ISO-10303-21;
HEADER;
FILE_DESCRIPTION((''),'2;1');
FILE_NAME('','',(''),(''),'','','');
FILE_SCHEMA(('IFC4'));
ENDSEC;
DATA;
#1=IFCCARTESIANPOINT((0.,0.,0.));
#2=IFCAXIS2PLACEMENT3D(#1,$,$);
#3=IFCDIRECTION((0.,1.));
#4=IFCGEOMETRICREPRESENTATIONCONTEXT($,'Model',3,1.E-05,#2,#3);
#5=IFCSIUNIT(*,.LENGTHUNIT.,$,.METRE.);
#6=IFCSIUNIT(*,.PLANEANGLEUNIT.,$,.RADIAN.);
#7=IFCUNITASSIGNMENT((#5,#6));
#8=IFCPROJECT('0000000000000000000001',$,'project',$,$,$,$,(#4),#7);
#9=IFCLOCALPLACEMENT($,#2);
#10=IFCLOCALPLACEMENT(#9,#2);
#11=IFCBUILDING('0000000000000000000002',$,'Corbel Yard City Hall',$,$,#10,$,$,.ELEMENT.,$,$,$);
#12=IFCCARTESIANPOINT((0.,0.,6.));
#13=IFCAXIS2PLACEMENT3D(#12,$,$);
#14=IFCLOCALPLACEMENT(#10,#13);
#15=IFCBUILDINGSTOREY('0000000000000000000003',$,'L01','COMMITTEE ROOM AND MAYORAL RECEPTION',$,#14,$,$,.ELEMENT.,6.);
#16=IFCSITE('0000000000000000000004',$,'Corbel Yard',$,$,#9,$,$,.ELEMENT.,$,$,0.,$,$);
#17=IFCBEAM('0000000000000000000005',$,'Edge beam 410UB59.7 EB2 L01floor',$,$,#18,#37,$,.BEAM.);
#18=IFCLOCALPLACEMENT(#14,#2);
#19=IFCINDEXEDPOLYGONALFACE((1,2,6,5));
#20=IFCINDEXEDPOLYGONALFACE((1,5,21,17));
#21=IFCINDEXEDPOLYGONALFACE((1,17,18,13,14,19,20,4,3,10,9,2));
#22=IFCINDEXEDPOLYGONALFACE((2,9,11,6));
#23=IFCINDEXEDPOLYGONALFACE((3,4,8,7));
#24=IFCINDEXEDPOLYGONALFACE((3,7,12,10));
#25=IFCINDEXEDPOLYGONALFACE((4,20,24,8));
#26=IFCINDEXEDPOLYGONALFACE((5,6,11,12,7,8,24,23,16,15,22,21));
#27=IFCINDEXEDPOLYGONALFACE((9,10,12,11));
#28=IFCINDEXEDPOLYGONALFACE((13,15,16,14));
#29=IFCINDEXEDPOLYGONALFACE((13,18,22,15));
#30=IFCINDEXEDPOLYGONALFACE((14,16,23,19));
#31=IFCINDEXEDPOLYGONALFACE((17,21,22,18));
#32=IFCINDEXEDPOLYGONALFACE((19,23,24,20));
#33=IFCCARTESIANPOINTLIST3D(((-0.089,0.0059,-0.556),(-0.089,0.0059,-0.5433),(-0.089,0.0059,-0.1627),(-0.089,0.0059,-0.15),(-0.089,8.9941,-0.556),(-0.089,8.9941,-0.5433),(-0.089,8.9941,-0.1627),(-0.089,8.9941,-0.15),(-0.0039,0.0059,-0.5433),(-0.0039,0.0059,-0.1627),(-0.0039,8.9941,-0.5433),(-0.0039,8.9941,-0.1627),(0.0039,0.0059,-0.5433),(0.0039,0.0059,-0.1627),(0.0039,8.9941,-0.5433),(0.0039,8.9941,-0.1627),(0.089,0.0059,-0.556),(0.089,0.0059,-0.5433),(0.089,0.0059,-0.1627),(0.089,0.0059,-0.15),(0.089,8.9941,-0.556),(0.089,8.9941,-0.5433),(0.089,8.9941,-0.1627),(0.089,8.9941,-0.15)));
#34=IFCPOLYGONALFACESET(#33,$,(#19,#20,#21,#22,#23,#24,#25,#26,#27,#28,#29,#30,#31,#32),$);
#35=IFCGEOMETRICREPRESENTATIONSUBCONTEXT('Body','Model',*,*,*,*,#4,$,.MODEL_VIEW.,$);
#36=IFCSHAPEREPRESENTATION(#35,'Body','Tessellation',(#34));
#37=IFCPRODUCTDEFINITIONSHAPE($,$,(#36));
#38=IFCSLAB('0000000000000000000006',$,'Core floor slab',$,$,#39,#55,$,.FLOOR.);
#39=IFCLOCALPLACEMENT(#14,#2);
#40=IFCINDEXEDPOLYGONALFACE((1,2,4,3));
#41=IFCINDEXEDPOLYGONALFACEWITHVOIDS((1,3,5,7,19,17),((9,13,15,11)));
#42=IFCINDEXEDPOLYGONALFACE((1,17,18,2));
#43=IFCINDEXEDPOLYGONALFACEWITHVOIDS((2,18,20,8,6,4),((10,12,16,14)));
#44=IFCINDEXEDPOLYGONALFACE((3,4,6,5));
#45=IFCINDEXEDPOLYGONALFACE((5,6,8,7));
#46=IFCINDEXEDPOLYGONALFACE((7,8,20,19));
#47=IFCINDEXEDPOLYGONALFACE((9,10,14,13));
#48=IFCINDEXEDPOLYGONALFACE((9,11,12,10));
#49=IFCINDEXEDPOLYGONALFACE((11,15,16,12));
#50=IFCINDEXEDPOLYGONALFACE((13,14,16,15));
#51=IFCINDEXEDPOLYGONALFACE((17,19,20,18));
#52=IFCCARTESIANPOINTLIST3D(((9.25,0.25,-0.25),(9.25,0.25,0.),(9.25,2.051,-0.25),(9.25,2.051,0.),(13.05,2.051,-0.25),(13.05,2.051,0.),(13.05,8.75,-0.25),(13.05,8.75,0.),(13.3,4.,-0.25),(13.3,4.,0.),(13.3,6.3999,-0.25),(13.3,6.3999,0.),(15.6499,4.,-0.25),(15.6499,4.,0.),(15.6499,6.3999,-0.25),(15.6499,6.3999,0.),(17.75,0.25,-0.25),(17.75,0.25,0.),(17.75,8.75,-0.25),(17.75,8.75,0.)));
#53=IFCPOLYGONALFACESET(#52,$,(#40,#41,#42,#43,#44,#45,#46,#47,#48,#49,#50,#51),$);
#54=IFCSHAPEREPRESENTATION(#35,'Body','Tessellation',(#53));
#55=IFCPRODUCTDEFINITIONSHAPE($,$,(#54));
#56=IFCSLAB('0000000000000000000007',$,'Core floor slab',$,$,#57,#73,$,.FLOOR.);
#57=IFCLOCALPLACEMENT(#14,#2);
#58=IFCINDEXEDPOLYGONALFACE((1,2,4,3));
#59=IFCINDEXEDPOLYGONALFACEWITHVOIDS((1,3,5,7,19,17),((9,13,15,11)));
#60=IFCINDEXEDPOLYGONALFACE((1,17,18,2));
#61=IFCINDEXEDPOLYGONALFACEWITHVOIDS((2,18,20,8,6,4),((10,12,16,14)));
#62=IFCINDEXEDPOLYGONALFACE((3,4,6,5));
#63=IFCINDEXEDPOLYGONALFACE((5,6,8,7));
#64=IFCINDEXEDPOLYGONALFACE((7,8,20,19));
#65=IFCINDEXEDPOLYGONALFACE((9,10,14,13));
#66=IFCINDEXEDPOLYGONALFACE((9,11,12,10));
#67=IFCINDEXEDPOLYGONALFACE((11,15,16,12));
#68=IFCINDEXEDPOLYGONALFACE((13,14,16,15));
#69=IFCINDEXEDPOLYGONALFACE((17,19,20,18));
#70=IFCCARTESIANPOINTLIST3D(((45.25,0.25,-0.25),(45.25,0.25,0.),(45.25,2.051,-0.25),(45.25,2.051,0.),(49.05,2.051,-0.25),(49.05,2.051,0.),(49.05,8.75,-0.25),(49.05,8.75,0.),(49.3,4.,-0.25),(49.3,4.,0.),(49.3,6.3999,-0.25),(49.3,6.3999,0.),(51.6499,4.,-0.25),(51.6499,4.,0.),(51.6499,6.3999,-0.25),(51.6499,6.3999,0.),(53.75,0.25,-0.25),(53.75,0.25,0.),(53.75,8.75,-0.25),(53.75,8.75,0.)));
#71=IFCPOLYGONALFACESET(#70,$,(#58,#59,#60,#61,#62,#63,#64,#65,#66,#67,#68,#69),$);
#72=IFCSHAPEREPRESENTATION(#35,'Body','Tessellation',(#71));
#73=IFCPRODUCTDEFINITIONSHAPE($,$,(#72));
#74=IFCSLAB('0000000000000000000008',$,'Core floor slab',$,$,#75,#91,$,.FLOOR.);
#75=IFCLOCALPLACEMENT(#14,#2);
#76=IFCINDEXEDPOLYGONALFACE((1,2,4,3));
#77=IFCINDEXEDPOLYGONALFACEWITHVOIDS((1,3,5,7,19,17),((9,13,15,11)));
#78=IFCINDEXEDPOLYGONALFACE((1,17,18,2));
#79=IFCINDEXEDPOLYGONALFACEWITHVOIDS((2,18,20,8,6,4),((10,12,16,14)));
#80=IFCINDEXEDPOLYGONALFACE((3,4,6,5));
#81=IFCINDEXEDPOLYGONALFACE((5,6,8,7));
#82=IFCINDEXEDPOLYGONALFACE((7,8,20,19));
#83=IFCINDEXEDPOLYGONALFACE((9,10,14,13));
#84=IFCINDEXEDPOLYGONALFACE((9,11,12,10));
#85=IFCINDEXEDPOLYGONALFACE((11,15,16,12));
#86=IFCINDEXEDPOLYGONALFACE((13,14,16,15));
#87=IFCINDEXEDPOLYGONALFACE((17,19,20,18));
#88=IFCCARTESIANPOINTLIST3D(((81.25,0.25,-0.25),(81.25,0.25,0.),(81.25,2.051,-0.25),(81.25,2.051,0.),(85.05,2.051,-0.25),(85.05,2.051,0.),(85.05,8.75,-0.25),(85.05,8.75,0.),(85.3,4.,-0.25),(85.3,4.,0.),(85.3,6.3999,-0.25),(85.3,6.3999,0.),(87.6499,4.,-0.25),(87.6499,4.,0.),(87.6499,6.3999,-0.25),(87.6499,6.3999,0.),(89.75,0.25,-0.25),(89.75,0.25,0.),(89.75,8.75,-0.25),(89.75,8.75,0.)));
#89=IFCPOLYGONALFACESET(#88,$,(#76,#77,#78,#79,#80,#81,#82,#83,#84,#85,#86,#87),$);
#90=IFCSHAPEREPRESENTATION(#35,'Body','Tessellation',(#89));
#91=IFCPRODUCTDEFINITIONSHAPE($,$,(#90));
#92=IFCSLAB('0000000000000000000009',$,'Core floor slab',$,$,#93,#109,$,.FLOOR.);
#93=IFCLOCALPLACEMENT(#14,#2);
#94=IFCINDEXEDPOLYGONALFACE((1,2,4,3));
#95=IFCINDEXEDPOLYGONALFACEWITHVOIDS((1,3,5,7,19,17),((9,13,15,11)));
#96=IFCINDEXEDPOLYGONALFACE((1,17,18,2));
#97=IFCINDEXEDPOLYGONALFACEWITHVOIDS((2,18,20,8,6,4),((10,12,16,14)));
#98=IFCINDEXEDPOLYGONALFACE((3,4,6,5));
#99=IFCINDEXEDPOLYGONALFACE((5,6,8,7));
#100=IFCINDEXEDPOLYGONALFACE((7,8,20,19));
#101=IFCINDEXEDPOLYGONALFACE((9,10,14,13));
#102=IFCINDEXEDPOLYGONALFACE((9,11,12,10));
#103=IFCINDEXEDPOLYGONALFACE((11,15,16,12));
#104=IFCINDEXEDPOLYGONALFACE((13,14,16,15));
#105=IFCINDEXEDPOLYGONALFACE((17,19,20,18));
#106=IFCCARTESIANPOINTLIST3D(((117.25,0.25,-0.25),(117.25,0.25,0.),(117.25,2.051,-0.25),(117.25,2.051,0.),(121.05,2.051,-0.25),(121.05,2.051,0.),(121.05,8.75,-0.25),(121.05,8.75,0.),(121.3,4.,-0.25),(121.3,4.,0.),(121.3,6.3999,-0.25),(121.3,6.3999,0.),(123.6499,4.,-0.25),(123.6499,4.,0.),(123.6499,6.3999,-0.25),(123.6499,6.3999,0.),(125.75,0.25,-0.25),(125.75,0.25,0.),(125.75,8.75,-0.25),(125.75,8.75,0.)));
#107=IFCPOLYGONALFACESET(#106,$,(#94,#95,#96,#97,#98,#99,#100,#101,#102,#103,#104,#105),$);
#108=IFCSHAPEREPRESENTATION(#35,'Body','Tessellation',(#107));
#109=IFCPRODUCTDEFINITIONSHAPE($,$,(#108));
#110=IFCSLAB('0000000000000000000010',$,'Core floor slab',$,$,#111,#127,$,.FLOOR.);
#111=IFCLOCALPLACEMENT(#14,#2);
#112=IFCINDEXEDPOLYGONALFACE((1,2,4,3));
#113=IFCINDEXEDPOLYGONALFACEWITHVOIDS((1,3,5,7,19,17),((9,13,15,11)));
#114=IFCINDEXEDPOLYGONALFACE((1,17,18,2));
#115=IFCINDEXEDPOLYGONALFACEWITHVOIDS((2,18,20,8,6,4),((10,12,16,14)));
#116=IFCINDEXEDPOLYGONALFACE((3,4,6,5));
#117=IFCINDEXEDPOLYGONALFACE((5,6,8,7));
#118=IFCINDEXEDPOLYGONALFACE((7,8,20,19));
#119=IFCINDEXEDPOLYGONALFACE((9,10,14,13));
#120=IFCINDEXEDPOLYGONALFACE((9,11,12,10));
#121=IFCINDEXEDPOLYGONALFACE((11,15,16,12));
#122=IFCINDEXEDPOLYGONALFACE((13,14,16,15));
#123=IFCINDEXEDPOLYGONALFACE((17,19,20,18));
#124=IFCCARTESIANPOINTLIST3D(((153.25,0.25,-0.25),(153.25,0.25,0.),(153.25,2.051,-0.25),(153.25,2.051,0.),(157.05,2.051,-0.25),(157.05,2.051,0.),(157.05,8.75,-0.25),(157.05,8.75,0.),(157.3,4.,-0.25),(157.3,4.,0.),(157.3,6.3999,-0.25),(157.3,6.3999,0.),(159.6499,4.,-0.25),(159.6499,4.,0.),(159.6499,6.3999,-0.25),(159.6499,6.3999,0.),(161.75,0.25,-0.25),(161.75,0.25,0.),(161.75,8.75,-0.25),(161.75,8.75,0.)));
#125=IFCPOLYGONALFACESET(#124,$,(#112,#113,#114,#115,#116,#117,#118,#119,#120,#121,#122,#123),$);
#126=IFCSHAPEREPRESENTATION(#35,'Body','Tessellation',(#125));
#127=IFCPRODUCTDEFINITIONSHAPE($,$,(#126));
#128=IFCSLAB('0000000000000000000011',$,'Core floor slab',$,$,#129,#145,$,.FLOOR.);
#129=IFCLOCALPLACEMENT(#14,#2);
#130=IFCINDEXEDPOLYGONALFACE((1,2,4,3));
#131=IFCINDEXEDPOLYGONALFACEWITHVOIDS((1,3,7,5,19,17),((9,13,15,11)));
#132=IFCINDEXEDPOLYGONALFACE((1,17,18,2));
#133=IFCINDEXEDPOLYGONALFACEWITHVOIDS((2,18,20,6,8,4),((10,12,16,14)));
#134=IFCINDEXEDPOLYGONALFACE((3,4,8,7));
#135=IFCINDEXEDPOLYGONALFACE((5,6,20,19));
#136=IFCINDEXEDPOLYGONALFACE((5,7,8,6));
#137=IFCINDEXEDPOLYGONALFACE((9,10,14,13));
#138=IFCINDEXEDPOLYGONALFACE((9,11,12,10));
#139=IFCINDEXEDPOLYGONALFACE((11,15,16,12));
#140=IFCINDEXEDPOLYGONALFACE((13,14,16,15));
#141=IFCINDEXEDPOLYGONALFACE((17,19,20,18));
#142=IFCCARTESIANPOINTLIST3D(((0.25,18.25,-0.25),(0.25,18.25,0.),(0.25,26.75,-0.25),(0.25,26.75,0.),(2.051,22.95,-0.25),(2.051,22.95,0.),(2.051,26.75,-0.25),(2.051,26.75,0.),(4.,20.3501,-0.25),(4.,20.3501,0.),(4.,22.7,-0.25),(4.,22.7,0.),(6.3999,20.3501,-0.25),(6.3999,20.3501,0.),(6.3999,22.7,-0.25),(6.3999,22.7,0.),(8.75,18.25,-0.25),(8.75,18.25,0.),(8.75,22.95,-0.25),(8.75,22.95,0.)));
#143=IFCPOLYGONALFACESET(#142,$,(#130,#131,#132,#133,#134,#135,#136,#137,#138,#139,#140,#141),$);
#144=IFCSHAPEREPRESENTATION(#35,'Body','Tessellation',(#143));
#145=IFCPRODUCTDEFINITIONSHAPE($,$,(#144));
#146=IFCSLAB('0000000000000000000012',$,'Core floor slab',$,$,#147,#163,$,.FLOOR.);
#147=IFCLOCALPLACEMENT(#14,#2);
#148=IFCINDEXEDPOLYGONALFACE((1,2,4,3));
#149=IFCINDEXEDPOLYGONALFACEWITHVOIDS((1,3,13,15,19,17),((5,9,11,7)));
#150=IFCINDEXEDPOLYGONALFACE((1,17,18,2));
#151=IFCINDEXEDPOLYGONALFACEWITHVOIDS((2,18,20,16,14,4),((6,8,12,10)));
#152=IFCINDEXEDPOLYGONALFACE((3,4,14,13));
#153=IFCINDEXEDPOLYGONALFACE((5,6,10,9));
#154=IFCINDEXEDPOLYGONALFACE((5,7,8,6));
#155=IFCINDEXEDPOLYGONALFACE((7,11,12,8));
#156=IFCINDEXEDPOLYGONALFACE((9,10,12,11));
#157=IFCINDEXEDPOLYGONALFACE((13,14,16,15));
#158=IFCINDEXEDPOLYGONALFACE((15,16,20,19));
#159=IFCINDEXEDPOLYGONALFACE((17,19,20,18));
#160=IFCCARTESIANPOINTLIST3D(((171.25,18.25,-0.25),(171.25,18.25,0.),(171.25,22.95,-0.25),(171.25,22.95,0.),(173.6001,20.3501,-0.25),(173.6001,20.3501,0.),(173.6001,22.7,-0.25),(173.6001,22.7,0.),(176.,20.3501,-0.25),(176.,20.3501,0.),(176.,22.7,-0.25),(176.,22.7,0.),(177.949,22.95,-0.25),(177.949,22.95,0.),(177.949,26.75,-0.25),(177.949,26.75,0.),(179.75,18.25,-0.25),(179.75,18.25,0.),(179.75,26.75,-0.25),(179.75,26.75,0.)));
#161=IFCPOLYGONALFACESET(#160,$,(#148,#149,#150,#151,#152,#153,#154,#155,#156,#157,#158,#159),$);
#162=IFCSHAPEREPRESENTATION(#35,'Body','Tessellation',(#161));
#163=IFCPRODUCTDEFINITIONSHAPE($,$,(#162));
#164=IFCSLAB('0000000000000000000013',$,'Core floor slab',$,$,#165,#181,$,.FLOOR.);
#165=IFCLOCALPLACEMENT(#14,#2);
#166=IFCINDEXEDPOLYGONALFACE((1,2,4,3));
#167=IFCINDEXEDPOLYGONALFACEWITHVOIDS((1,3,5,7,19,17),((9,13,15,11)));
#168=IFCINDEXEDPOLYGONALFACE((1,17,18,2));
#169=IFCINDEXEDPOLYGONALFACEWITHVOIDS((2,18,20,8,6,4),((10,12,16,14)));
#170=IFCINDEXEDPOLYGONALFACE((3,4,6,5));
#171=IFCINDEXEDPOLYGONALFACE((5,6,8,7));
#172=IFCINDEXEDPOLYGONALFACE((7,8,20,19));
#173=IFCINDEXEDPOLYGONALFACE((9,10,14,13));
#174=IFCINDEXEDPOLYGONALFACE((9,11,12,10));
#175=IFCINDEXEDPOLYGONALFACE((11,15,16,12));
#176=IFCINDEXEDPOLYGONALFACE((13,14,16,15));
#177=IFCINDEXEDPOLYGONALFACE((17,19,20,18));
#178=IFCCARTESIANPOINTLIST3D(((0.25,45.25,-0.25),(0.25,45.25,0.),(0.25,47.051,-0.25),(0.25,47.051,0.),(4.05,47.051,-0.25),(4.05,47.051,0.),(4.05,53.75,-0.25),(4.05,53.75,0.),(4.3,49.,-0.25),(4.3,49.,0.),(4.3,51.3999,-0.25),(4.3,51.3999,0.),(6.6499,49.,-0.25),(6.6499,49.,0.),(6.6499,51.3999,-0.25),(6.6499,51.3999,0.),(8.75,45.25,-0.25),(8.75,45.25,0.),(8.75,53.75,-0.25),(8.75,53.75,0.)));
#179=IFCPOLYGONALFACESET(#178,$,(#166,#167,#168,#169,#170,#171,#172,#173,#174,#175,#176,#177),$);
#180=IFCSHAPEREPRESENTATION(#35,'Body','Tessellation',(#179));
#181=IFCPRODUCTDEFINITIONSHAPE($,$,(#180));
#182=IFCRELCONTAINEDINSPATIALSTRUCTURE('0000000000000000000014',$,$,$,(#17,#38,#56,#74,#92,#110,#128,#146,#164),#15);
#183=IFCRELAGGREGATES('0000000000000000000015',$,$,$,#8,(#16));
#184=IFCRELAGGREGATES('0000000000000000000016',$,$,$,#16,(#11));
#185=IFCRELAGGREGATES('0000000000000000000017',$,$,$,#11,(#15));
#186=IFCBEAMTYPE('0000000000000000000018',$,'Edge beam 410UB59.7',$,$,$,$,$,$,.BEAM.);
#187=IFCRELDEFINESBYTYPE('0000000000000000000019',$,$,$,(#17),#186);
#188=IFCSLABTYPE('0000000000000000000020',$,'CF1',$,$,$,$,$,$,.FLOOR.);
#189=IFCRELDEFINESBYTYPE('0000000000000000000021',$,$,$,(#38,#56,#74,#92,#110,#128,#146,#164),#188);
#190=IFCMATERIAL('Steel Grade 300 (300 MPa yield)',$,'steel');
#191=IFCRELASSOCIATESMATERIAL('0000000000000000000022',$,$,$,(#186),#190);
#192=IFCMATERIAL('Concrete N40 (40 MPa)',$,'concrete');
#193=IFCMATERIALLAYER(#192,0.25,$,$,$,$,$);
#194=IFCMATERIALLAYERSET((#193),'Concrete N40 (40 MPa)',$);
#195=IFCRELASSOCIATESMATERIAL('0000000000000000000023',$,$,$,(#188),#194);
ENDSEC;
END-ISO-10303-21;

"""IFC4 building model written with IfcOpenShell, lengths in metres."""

from ifc_helpers import new_model, si_unit, direction, frame, origin, origin_2d, place, context, subcontext, project, spatial, polyline, i_section, outline, extrude, material, layer, layer_set, material_profile, profile_set, type_object, element, save


model = new_model("IFC4")

# Units and contexts
model_context = context("Model", 3, precision=1e-05, world=origin(), true_north=direction((0.0, 1.0)))
body_context = subcontext(model_context, "Body", "Model", "MODEL_VIEW")
ifc_project = project(units=[si_unit("LENGTHUNIT", "METRE"), si_unit("PLANEANGLEUNIT", "RADIAN")], contexts=[model_context])

# Site, building, storey
site_placement = place(None, origin())
site = spatial("IfcSite", under=ifc_project, at=site_placement, Name="Corbel Yard", CompositionType="ELEMENT", RefElevation=0.0)
building_placement = place(site_placement, origin())
building = spatial("IfcBuilding", under=site, at=building_placement, Name="Corbel Yard City Hall", CompositionType="ELEMENT")
storey_placement = place(building_placement, frame((0.0, 0.0, 6.0)))
storey = spatial("IfcBuildingStorey", under=building, at=storey_placement, Name="L01", Description="COMMITTEE ROOM AND MAYORAL RECEPTION", CompositionType="ELEMENT", Elevation=6.0)

# Beam
ifc_material_1 = material(Name="Steel Grade 300 (300 MPa yield)", Category="steel")
ifc_material_profile = material_profile(ifc_material_1, i_section(OverallWidth=0.178, OverallDepth=0.406, WebThickness=0.0078, FlangeThickness=0.0127, at=origin_2d()), Name="410UB59.7")
ifc_profile_set = profile_set([ifc_material_profile], Name="Steel Grade 300 (300 MPa yield)")
beam_type = type_object("IfcBeamType", Name="Edge beam 410UB59.7", PredefinedType="BEAM", material=ifc_profile_set)
beam_placement = place(storey_placement, frame((0.0, 0.0059, -0.353), z_axis=(0.0, 1.0, 0.0), x_axis=(-1.0, 0.0, 0.0)))
element("IfcBeam", 1, at=beam_placement, inside=storey, type_object=beam_type, Name="Edge beam 410UB59.7 EB2 L01floor", PredefinedType="BEAM", context=body_context, shape_type="SweptSolid", body=[
    extrude(i_section(OverallWidth=0.178, OverallDepth=0.406, WebThickness=0.0078, FlangeThickness=0.0127, at=origin_2d()), origin(), (0.0, 0.0, 1.0), 8.9883),
])

# Slabs
ifc_material_2 = material(Name="Concrete N40 (40 MPa)", Category="concrete")
ifc_layer_1 = layer(ifc_material_2, 0.25)
ifc_layer_set_1 = layer_set([ifc_layer_1], Name="Concrete N40 (40 MPa)")
slab_type_1 = type_object("IfcSlabType", Name="CF1", PredefinedType="FLOOR", material=ifc_layer_set_1)
slab_1_placement = place(storey_placement, frame((0.0, 0.0, -0.25)))
element("IfcSlab", 2, at=slab_1_placement, inside=storey, type_object=slab_type_1, Name="Core floor slab", PredefinedType="FLOOR", context=body_context, shape_type="SweptSolid", body=[
    extrude(outline(polyline([(17.75, 8.75), (13.05, 8.75), (13.05, 2.051), (9.25, 2.051), (9.25, 0.25), (17.75, 0.25), (17.75, 8.75)]), holes=[polyline([(15.6499, 4.0), (15.6499, 6.3999), (13.3, 6.3999), (13.3, 4.0), (15.6499, 4.0)])]), origin(), (0.0, 0.0, 1.0), 0.25),
])
slab_2_placement = place(storey_placement, frame((0.0, 0.0, -0.25)))
element("IfcSlab", 3, at=slab_2_placement, inside=storey, type_object=slab_type_1, Name="Core floor slab", PredefinedType="FLOOR", context=body_context, shape_type="SweptSolid", body=[
    extrude(outline(polyline([(53.75, 8.75), (49.05, 8.75), (49.05, 2.051), (45.25, 2.051), (45.25, 0.25), (53.75, 0.25), (53.75, 8.75)]), holes=[polyline([(51.6499, 4.0), (51.6499, 6.3999), (49.3, 6.3999), (49.3, 4.0), (51.6499, 4.0)])]), origin(), (0.0, 0.0, 1.0), 0.25),
])
slab_3_placement = place(storey_placement, frame((0.0, 0.0, -0.25)))
element("IfcSlab", 4, at=slab_3_placement, inside=storey, type_object=slab_type_1, Name="Core floor slab", PredefinedType="FLOOR", context=body_context, shape_type="SweptSolid", body=[
    extrude(outline(polyline([(89.75, 8.75), (85.05, 8.75), (85.05, 2.051), (81.25, 2.051), (81.25, 0.25), (89.75, 0.25), (89.75, 8.75)]), holes=[polyline([(87.6499, 4.0), (87.6499, 6.3999), (85.3, 6.3999), (85.3, 4.0), (87.6499, 4.0)])]), origin(), (0.0, 0.0, 1.0), 0.25),
])
slab_4_placement = place(storey_placement, frame((0.0, 0.0, -0.25)))
element("IfcSlab", 5, at=slab_4_placement, inside=storey, type_object=slab_type_1, Name="Core floor slab", PredefinedType="FLOOR", context=body_context, shape_type="SweptSolid", body=[
    extrude(outline(polyline([(125.75, 8.75), (121.05, 8.75), (121.05, 2.051), (117.25, 2.051), (117.25, 0.25), (125.75, 0.25), (125.75, 8.75)]), holes=[polyline([(123.6499, 4.0), (123.6499, 6.3999), (121.3, 6.3999), (121.3, 4.0), (123.6499, 4.0)])]), origin(), (0.0, 0.0, 1.0), 0.25),
])
slab_5_placement = place(storey_placement, frame((0.0, 0.0, -0.25)))
element("IfcSlab", 6, at=slab_5_placement, inside=storey, type_object=slab_type_1, Name="Core floor slab", PredefinedType="FLOOR", context=body_context, shape_type="SweptSolid", body=[
    extrude(outline(polyline([(161.75, 8.75), (157.05, 8.75), (157.05, 2.051), (153.25, 2.051), (153.25, 0.25), (161.75, 0.25), (161.75, 8.75)]), holes=[polyline([(159.6499, 4.0), (159.6499, 6.3999), (157.3, 6.3999), (157.3, 4.0), (159.6499, 4.0)])]), origin(), (0.0, 0.0, 1.0), 0.25),
])
slab_6_placement = place(storey_placement, frame((0.0, 0.0, -0.25)))
element("IfcSlab", 7, at=slab_6_placement, inside=storey, type_object=slab_type_1, Name="Core floor slab", PredefinedType="FLOOR", context=body_context, shape_type="SweptSolid", body=[
    extrude(outline(polyline([(8.75, 18.25), (8.75, 22.95), (2.051, 22.95), (2.051, 26.75), (0.25, 26.75), (0.25, 18.25), (8.75, 18.25)]), holes=[polyline([(6.3999, 20.3501), (6.3999, 22.7), (4.0, 22.7), (4.0, 20.3501), (6.3999, 20.3501)])]), origin(), (0.0, 0.0, 1.0), 0.25),
])
slab_7_placement = place(storey_placement, frame((0.0, 0.0, -0.25)))
element("IfcSlab", 8, at=slab_7_placement, inside=storey, type_object=slab_type_1, Name="Core floor slab", PredefinedType="FLOOR", context=body_context, shape_type="SweptSolid", body=[
    extrude(outline(polyline([(179.75, 26.75), (177.949, 26.75), (177.949, 22.95), (171.25, 22.95), (171.25, 18.25), (179.75, 18.25), (179.75, 26.75)]), holes=[polyline([(176.0, 20.3501), (176.0, 22.7), (173.6001, 22.7), (173.6001, 20.3501), (176.0, 20.3501)])]), origin(), (0.0, 0.0, 1.0), 0.25),
])
slab_8_placement = place(storey_placement, frame((0.0, 0.0, -0.25)))
element("IfcSlab", 9, at=slab_8_placement, inside=storey, type_object=slab_type_1, Name="Core floor slab", PredefinedType="FLOOR", context=body_context, shape_type="SweptSolid", body=[
    extrude(outline(polyline([(8.75, 53.75), (4.05, 53.75), (4.05, 47.051), (0.25, 47.051), (0.25, 45.25), (8.75, 45.25), (8.75, 53.75)]), holes=[polyline([(6.6499, 49.0), (6.6499, 51.3999), (4.3, 51.3999), (4.3, 49.0), (6.6499, 49.0)])]), origin(), (0.0, 0.0, 1.0), 0.25),
])

save(model, "model.ifc")
